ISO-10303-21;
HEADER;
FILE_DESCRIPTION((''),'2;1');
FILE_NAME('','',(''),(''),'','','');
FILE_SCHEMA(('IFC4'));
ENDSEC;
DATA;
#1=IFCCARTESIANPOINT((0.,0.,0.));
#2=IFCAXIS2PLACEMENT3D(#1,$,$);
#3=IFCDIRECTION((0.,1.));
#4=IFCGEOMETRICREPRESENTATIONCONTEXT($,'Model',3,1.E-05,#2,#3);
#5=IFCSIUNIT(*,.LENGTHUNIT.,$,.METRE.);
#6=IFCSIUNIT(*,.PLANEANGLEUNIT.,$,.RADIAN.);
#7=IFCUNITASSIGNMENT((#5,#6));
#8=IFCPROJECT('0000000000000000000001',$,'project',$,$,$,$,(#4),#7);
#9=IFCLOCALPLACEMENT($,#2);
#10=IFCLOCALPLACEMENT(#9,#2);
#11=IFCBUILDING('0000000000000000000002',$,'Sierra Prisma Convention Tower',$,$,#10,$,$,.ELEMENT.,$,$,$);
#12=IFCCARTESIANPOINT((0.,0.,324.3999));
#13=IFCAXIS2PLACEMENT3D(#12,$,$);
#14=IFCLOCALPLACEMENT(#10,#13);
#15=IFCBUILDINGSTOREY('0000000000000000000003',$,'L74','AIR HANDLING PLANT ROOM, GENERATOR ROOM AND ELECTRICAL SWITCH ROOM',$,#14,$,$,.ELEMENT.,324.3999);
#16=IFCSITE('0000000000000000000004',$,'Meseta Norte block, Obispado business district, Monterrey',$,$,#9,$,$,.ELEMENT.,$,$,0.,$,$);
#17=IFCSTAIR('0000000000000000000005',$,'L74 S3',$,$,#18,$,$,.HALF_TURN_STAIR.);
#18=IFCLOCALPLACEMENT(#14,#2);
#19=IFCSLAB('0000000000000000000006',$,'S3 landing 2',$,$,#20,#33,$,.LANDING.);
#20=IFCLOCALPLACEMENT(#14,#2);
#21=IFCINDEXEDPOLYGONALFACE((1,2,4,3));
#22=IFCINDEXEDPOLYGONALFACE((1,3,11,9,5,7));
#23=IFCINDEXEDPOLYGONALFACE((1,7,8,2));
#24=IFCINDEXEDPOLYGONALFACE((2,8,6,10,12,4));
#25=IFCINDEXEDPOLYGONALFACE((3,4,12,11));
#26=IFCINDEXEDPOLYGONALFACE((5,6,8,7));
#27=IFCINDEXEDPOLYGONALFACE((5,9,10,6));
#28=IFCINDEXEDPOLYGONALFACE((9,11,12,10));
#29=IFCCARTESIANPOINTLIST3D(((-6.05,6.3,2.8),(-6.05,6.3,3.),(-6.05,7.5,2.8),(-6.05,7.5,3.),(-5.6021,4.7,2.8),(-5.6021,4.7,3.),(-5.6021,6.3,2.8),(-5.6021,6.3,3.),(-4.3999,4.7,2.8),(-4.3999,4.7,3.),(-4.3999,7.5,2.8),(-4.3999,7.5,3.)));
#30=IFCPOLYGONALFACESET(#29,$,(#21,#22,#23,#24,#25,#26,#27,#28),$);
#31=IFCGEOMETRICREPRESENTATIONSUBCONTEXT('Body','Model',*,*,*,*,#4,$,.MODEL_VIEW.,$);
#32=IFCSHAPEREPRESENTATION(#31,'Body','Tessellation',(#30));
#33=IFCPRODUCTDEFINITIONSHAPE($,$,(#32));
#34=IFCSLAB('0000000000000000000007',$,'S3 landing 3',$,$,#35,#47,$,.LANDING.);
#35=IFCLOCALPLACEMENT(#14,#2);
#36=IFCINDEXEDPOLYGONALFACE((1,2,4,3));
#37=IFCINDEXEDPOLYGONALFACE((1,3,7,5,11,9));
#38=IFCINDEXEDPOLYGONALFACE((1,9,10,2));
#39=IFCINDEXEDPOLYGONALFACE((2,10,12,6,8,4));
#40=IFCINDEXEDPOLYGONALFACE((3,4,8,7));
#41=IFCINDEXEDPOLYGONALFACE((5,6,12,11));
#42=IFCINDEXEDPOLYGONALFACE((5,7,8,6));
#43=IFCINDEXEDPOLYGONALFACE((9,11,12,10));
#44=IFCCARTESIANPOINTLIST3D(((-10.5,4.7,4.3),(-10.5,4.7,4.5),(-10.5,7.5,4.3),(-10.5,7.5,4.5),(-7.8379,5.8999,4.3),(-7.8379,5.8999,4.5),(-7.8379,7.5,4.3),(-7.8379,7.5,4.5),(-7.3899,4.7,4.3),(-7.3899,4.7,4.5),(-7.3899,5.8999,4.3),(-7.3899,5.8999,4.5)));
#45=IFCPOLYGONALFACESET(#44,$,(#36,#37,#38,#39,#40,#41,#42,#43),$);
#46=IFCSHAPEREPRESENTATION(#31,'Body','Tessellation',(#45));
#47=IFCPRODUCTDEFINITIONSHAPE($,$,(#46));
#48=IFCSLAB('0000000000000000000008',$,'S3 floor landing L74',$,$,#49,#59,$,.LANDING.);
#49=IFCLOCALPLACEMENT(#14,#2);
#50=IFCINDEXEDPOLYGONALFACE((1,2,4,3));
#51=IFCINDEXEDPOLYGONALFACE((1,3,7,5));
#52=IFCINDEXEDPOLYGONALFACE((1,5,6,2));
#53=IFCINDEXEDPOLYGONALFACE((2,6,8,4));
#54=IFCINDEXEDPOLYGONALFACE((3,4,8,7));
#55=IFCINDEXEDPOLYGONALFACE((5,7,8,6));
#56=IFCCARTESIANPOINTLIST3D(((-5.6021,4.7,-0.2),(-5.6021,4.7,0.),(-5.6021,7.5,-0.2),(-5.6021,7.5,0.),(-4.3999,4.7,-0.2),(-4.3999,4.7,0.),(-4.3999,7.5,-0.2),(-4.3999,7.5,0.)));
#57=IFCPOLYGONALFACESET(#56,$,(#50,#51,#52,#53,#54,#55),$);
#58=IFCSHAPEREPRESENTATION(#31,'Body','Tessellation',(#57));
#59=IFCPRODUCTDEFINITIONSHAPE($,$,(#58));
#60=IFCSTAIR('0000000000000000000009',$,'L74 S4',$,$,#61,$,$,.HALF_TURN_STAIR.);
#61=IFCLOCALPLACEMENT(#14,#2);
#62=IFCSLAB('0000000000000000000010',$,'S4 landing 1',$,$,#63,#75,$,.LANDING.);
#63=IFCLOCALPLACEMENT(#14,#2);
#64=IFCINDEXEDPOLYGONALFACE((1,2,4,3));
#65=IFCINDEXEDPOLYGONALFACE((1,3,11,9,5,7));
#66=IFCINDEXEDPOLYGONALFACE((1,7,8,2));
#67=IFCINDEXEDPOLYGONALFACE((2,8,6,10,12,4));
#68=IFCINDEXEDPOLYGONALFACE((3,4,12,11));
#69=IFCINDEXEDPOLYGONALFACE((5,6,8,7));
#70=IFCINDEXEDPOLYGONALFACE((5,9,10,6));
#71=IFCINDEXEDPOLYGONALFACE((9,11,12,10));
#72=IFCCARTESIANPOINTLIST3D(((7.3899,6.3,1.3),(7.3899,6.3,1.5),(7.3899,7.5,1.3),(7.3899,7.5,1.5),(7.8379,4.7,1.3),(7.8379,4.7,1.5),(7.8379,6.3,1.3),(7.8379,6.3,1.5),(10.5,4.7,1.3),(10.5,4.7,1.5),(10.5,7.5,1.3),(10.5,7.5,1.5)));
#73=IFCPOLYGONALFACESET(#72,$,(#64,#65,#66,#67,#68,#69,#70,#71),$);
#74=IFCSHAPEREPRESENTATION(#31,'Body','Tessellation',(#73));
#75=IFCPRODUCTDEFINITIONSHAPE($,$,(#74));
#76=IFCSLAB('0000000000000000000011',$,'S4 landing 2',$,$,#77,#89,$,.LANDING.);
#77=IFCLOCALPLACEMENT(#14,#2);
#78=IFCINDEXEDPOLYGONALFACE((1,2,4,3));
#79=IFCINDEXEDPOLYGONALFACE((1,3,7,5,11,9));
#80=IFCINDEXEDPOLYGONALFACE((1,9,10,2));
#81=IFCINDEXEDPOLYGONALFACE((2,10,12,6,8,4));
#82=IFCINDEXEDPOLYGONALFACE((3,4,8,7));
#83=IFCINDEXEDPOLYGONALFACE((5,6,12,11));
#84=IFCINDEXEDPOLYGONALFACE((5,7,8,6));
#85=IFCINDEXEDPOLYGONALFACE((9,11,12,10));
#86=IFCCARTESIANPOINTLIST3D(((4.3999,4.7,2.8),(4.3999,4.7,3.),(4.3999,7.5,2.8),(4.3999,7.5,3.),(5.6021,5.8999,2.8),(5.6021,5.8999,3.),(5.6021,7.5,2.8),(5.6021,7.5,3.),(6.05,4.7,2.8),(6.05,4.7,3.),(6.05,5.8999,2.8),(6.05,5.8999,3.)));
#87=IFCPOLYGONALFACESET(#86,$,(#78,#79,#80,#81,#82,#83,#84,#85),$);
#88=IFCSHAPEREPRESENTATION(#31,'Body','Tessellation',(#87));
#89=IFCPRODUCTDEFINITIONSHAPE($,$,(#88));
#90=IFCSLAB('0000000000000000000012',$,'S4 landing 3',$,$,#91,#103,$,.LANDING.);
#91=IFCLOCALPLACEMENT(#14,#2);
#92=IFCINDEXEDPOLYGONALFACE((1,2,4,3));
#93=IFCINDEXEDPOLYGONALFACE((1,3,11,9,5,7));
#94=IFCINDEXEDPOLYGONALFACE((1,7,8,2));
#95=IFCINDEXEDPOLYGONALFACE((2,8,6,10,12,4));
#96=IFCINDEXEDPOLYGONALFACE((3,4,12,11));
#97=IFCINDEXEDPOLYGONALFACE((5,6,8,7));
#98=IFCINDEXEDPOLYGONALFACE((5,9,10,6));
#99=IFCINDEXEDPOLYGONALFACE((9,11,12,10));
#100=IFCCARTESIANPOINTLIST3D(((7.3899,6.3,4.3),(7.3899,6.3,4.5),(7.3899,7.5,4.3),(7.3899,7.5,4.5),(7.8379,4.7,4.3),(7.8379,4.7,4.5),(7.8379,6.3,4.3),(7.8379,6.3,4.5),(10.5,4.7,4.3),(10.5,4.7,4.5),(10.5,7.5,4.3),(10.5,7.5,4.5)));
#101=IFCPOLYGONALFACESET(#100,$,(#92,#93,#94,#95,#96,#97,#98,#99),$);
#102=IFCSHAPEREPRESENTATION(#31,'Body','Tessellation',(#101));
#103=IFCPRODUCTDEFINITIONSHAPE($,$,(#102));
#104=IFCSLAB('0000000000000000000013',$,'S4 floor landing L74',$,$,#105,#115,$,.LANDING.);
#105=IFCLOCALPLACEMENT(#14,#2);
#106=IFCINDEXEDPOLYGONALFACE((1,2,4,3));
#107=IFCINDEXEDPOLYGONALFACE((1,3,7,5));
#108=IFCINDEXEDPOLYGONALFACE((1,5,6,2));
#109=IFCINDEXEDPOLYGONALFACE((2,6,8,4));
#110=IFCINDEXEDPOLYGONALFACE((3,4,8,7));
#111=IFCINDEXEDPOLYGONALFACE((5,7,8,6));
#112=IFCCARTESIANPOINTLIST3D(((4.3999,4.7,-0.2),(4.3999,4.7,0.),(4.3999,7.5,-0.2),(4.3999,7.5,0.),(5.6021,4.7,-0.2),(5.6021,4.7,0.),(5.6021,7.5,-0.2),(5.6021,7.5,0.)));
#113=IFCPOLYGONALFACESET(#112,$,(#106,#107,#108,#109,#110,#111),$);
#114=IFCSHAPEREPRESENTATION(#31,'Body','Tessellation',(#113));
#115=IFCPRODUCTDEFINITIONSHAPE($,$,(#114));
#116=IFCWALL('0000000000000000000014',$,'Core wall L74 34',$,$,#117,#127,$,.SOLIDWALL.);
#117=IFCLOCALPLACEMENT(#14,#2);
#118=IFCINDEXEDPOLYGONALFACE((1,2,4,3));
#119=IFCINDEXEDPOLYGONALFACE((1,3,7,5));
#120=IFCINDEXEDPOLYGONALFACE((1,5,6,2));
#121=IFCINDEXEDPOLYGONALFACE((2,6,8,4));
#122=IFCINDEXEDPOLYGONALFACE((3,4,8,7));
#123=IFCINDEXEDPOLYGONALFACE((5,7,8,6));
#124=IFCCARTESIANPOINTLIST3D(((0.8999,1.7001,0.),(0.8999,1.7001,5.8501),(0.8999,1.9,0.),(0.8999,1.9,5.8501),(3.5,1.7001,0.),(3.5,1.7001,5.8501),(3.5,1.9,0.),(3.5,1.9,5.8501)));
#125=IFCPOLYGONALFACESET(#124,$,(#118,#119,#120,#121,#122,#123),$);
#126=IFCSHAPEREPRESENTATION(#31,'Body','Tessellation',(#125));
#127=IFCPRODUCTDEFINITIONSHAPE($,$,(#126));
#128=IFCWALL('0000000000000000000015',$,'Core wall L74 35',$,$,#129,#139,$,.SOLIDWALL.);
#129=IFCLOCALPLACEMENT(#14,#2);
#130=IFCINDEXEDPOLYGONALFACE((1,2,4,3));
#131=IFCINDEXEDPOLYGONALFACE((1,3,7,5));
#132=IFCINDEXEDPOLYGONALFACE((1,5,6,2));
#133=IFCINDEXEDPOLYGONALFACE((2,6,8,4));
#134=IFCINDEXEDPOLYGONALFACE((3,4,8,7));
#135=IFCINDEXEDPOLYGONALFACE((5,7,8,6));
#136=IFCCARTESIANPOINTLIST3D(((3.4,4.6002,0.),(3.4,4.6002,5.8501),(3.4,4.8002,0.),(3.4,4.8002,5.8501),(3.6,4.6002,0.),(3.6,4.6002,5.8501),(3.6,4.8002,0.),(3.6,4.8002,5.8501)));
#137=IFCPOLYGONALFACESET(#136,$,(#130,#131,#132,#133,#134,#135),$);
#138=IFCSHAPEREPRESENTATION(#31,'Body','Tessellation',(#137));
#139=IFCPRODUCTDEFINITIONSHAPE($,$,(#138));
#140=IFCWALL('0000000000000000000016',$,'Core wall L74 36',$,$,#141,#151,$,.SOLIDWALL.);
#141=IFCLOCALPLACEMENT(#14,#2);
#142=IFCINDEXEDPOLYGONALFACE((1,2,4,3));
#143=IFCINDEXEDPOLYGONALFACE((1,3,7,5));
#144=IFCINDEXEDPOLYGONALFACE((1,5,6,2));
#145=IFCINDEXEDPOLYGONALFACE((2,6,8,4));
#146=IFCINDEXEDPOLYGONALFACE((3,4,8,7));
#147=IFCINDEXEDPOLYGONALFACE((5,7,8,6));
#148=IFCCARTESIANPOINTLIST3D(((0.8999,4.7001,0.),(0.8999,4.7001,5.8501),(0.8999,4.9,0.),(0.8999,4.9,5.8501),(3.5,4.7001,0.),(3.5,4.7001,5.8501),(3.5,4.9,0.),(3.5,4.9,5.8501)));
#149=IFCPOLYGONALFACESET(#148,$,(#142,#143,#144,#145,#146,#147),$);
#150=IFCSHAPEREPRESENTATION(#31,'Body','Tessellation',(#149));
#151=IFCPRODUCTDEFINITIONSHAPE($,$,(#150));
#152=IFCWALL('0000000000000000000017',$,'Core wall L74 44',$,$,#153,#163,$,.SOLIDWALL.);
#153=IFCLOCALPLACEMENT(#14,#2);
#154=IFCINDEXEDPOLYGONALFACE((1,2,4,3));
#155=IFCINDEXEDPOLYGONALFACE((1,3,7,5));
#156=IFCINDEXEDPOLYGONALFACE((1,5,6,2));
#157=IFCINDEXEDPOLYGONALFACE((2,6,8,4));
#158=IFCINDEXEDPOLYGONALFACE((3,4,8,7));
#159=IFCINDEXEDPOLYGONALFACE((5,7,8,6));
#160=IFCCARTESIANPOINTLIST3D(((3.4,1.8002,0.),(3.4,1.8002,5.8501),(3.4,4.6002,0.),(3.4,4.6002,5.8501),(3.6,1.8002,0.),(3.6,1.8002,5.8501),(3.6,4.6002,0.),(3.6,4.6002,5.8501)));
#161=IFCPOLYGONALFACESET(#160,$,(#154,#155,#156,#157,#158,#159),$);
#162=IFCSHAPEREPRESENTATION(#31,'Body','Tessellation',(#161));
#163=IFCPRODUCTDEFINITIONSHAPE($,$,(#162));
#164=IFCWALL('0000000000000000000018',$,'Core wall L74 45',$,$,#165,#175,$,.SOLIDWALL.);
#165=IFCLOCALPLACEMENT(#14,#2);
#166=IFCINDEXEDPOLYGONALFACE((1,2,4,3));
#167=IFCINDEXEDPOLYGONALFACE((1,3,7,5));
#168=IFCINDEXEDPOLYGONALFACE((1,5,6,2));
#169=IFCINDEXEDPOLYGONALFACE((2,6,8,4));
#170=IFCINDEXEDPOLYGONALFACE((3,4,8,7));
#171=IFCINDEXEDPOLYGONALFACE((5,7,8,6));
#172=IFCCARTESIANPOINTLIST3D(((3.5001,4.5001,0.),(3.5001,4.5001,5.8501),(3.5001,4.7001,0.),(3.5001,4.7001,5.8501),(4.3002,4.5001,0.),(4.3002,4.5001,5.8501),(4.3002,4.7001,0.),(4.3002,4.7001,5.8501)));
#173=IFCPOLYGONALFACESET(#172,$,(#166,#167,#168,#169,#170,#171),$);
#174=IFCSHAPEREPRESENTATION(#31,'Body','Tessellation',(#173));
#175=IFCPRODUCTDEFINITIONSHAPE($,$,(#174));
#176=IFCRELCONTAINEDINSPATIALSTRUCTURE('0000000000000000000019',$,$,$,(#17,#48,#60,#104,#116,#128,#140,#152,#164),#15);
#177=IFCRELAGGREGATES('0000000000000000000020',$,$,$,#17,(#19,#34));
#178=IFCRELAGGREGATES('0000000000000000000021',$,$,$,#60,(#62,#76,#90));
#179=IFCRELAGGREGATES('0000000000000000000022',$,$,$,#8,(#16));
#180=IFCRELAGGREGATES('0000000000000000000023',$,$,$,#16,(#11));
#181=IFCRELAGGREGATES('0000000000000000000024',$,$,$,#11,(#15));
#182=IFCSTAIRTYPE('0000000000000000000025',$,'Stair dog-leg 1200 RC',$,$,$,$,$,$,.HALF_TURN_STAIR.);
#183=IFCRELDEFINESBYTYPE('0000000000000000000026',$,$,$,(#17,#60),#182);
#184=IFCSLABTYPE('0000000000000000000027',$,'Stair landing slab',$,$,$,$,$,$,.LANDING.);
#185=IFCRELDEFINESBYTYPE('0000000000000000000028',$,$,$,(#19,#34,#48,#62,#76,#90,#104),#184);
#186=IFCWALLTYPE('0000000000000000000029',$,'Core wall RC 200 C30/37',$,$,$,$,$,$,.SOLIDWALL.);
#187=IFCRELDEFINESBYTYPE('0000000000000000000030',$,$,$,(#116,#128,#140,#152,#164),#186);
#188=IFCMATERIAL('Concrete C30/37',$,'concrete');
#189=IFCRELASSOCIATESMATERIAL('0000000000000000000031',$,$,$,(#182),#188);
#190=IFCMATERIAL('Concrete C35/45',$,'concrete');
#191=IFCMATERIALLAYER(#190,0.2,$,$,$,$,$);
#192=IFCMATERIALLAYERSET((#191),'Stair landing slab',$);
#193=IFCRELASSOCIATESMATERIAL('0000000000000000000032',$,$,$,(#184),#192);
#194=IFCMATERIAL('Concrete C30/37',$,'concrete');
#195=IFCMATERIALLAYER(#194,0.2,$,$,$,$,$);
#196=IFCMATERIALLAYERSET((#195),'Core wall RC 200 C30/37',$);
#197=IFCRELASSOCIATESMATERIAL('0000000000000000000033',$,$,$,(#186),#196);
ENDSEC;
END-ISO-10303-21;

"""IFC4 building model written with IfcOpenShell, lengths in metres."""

from ifc_helpers import new_model, si_unit, direction, frame, frame_2d, origin, place, context, subcontext, project, spatial, polyline, rectangle, outline, extrude, material, layer, layer_set, type_object, element, aggregate, save


model = new_model("IFC4")

# Units and contexts
model_context = context("Model", 3, precision=1e-05, world=origin(), true_north=direction((0.0, 1.0)))
body_context = subcontext(model_context, "Body", "Model", "MODEL_VIEW")
ifc_project = project(units=[si_unit("LENGTHUNIT", "METRE"), si_unit("PLANEANGLEUNIT", "RADIAN")], contexts=[model_context])

# Site, building, storey
site_placement = place(None, origin())
site = spatial("IfcSite", under=ifc_project, at=site_placement, Name="Meseta Norte block, Obispado business district, Monterrey", CompositionType="ELEMENT", RefElevation=0.0)
building_placement = place(site_placement, origin())
building = spatial("IfcBuilding", under=site, at=building_placement, Name="Sierra Prisma Convention Tower", CompositionType="ELEMENT")
storey_placement = place(building_placement, frame((0.0, 0.0, 324.3999)))
storey = spatial("IfcBuildingStorey", under=building, at=storey_placement, Name="L74", Description="AIR HANDLING PLANT ROOM, GENERATOR ROOM AND ELECTRICAL SWITCH ROOM", CompositionType="ELEMENT", Elevation=324.3999)

# Stair, slabs
ifc_material_1 = material(Name="Concrete C30/37", Category="concrete")
stair_type = type_object("IfcStairType", Name="Stair dog-leg 1200 RC", PredefinedType="HALF_TURN_STAIR", material=ifc_material_1)
stair_1_placement = place(storey_placement, origin())
stair_1 = element("IfcStair", 1, at=stair_1_placement, inside=storey, type_object=stair_type, Name="L74 S3", PredefinedType="HALF_TURN_STAIR")
ifc_material_2 = material(Name="Concrete C35/45", Category="concrete")
ifc_layer_1 = layer(ifc_material_2, 0.2)
ifc_layer_set_1 = layer_set([ifc_layer_1], Name="Stair landing slab")
slab_type = type_object("IfcSlabType", Name="Stair landing slab", PredefinedType="LANDING", material=ifc_layer_set_1)
slab_1_placement = place(storey_placement, frame((0.0, 0.0, 2.8)))
slab_1 = element("IfcSlab", 2, at=slab_1_placement, type_object=slab_type, Name="S3 landing 2", PredefinedType="LANDING", context=body_context, shape_type="SweptSolid", body=[
    extrude(outline(polyline([(-4.3999, 7.5), (-4.3999, 4.7), (-5.6021, 4.7), (-5.6021, 6.3), (-6.05, 6.3), (-6.05, 7.5), (-4.3999, 7.5)])), origin(), (0.0, 0.0, 1.0), 0.2),
])
slab_2_placement = place(storey_placement, frame((0.0, 0.0, 4.3)))
slab_2 = element("IfcSlab", 3, at=slab_2_placement, type_object=slab_type, Name="S3 landing 3", PredefinedType="LANDING", context=body_context, shape_type="SweptSolid", body=[
    extrude(outline(polyline([(-7.3899, 5.8999), (-7.3899, 4.7), (-10.5, 4.7), (-10.5, 7.5), (-7.8379, 7.5), (-7.8379, 5.8999), (-7.3899, 5.8999)])), origin(), (0.0, 0.0, 1.0), 0.2),
])
aggregate(stair_1, [slab_1, slab_2])

# Slab
slab_3_placement = place(storey_placement, frame((0.0, 0.0, -0.2)))
element("IfcSlab", 4, at=slab_3_placement, inside=storey, type_object=slab_type, Name="S3 floor landing L74", PredefinedType="LANDING", context=body_context, shape_type="SweptSolid", body=[
    extrude(outline(polyline([(-4.3999, 7.5), (-5.6021, 7.5), (-5.6021, 4.7), (-4.3999, 4.7), (-4.3999, 7.5)])), origin(), (0.0, 0.0, 1.0), 0.2),
])

# Stair, slabs
stair_2_placement = place(storey_placement, origin())
stair_2 = element("IfcStair", 5, at=stair_2_placement, inside=storey, type_object=stair_type, Name="L74 S4", PredefinedType="HALF_TURN_STAIR")
slab_4_placement = place(storey_placement, frame((0.0, 0.0, 1.3)))
slab_4 = element("IfcSlab", 6, at=slab_4_placement, type_object=slab_type, Name="S4 landing 1", PredefinedType="LANDING", context=body_context, shape_type="SweptSolid", body=[
    extrude(outline(polyline([(10.5, 7.5), (10.5, 4.7), (7.8379, 4.7), (7.8379, 6.3), (7.3899, 6.3), (7.3899, 7.5), (10.5, 7.5)])), origin(), (0.0, 0.0, 1.0), 0.2),
])
slab_5_placement = place(storey_placement, frame((0.0, 0.0, 2.8)))
slab_5 = element("IfcSlab", 7, at=slab_5_placement, type_object=slab_type, Name="S4 landing 2", PredefinedType="LANDING", context=body_context, shape_type="SweptSolid", body=[
    extrude(outline(polyline([(4.3999, 4.7), (4.3999, 7.5), (5.6021, 7.5), (5.6021, 5.8999), (6.05, 5.8999), (6.05, 4.7), (4.3999, 4.7)])), origin(), (0.0, 0.0, 1.0), 0.2),
])
slab_6_placement = place(storey_placement, frame((0.0, 0.0, 4.3)))
slab_6 = element("IfcSlab", 8, at=slab_6_placement, type_object=slab_type, Name="S4 landing 3", PredefinedType="LANDING", context=body_context, shape_type="SweptSolid", body=[
    extrude(outline(polyline([(10.5, 7.5), (10.5, 4.7), (7.8379, 4.7), (7.8379, 6.3), (7.3899, 6.3), (7.3899, 7.5), (10.5, 7.5)])), origin(), (0.0, 0.0, 1.0), 0.2),
])

# Slab
slab_7_placement = place(storey_placement, frame((0.0, 0.0, -0.2)))
element("IfcSlab", 9, at=slab_7_placement, inside=storey, type_object=slab_type, Name="S4 floor landing L74", PredefinedType="LANDING", context=body_context, shape_type="SweptSolid", body=[
    extrude(outline(polyline([(4.3999, 4.7), (5.6021, 4.7), (5.6021, 7.5), (4.3999, 7.5), (4.3999, 4.7)])), origin(), (0.0, 0.0, 1.0), 0.2),
])

# Shared definitions
ifc_material_3 = material(Name="Concrete C30/37", Category="concrete")
ifc_layer_2 = layer(ifc_material_3, 0.2)
ifc_layer_set_2 = layer_set([ifc_layer_2], Name="Core wall RC 200 C30/37")
wall_type = type_object("IfcWallType", Name="Core wall RC 200 C30/37", PredefinedType="SOLIDWALL", material=ifc_layer_set_2)

# Walls
wall_1_placement = place(storey_placement, frame((3.5, 1.8, 0.0), z_axis=(0.0, 0.0, 1.0), x_axis=(-1.0, 0.0, 0.0)))
element("IfcWall", 10, at=wall_1_placement, inside=storey, type_object=wall_type, Name="Core wall L74 34", PredefinedType="SOLIDWALL", context=body_context, shape_type="SweptSolid", body=[
    extrude(rectangle(XDim=2.6001, YDim=0.2, at=frame_2d((1.3, 0.0))), origin(), (0.0, 0.0, 1.0), 5.8501),
])
wall_2_placement = place(storey_placement, frame((3.5, 4.6001, 0.0), z_axis=(0.0, 0.0, 1.0), x_axis=(0.0, 1.0, 0.0)))
element("IfcWall", 11, at=wall_2_placement, inside=storey, type_object=wall_type, Name="Core wall L74 35", PredefinedType="SOLIDWALL", context=body_context, shape_type="SweptSolid", body=[
    extrude(rectangle(XDim=0.2, YDim=0.2, at=frame_2d((0.1001, 0.0))), origin(), (0.0, 0.0, 1.0), 5.8501),
])
wall_3_placement = place(storey_placement, frame((3.5, 4.8, 0.0), z_axis=(0.0, 0.0, 1.0), x_axis=(-1.0, 0.0, 0.0)))
element("IfcWall", 12, at=wall_3_placement, inside=storey, type_object=wall_type, Name="Core wall L74 36", PredefinedType="SOLIDWALL", context=body_context, shape_type="SweptSolid", body=[
    extrude(rectangle(XDim=2.6001, YDim=0.2, at=frame_2d((1.3, 0.0))), origin(), (0.0, 0.0, 1.0), 5.8501),
])

# Walls
wall_4_placement = place(storey_placement, frame((3.5, 4.6001, 0.0), z_axis=(0.0, 0.0, 1.0), x_axis=(0.0, -1.0, 0.0)))
element("IfcWall", 13, at=wall_4_placement, inside=storey, type_object=wall_type, Name="Core wall L74 44", PredefinedType="SOLIDWALL", context=body_context, shape_type="SweptSolid", body=[
    extrude(rectangle(XDim=2.8, YDim=0.2, at=frame_2d((1.3999, 0.0))), origin(), (0.0, 0.0, 1.0), 5.8501),
])
wall_5_placement = place(storey_placement, frame((4.3, 4.6001, 0.0), z_axis=(0.0, 0.0, 1.0), x_axis=(-1.0, 0.0, 0.0)))
element("IfcWall", 14, at=wall_5_placement, inside=storey, type_object=wall_type, Name="Core wall L74 45", PredefinedType="SOLIDWALL", context=body_context, shape_type="SweptSolid", body=[
    extrude(rectangle(XDim=0.8, YDim=0.2, at=frame_2d((0.3999, 0.0))), origin(), (0.0, 0.0, 1.0), 5.8501),
])

aggregate(stair_2, [slab_4, slab_5, slab_6])

save(model, "model.ifc")
